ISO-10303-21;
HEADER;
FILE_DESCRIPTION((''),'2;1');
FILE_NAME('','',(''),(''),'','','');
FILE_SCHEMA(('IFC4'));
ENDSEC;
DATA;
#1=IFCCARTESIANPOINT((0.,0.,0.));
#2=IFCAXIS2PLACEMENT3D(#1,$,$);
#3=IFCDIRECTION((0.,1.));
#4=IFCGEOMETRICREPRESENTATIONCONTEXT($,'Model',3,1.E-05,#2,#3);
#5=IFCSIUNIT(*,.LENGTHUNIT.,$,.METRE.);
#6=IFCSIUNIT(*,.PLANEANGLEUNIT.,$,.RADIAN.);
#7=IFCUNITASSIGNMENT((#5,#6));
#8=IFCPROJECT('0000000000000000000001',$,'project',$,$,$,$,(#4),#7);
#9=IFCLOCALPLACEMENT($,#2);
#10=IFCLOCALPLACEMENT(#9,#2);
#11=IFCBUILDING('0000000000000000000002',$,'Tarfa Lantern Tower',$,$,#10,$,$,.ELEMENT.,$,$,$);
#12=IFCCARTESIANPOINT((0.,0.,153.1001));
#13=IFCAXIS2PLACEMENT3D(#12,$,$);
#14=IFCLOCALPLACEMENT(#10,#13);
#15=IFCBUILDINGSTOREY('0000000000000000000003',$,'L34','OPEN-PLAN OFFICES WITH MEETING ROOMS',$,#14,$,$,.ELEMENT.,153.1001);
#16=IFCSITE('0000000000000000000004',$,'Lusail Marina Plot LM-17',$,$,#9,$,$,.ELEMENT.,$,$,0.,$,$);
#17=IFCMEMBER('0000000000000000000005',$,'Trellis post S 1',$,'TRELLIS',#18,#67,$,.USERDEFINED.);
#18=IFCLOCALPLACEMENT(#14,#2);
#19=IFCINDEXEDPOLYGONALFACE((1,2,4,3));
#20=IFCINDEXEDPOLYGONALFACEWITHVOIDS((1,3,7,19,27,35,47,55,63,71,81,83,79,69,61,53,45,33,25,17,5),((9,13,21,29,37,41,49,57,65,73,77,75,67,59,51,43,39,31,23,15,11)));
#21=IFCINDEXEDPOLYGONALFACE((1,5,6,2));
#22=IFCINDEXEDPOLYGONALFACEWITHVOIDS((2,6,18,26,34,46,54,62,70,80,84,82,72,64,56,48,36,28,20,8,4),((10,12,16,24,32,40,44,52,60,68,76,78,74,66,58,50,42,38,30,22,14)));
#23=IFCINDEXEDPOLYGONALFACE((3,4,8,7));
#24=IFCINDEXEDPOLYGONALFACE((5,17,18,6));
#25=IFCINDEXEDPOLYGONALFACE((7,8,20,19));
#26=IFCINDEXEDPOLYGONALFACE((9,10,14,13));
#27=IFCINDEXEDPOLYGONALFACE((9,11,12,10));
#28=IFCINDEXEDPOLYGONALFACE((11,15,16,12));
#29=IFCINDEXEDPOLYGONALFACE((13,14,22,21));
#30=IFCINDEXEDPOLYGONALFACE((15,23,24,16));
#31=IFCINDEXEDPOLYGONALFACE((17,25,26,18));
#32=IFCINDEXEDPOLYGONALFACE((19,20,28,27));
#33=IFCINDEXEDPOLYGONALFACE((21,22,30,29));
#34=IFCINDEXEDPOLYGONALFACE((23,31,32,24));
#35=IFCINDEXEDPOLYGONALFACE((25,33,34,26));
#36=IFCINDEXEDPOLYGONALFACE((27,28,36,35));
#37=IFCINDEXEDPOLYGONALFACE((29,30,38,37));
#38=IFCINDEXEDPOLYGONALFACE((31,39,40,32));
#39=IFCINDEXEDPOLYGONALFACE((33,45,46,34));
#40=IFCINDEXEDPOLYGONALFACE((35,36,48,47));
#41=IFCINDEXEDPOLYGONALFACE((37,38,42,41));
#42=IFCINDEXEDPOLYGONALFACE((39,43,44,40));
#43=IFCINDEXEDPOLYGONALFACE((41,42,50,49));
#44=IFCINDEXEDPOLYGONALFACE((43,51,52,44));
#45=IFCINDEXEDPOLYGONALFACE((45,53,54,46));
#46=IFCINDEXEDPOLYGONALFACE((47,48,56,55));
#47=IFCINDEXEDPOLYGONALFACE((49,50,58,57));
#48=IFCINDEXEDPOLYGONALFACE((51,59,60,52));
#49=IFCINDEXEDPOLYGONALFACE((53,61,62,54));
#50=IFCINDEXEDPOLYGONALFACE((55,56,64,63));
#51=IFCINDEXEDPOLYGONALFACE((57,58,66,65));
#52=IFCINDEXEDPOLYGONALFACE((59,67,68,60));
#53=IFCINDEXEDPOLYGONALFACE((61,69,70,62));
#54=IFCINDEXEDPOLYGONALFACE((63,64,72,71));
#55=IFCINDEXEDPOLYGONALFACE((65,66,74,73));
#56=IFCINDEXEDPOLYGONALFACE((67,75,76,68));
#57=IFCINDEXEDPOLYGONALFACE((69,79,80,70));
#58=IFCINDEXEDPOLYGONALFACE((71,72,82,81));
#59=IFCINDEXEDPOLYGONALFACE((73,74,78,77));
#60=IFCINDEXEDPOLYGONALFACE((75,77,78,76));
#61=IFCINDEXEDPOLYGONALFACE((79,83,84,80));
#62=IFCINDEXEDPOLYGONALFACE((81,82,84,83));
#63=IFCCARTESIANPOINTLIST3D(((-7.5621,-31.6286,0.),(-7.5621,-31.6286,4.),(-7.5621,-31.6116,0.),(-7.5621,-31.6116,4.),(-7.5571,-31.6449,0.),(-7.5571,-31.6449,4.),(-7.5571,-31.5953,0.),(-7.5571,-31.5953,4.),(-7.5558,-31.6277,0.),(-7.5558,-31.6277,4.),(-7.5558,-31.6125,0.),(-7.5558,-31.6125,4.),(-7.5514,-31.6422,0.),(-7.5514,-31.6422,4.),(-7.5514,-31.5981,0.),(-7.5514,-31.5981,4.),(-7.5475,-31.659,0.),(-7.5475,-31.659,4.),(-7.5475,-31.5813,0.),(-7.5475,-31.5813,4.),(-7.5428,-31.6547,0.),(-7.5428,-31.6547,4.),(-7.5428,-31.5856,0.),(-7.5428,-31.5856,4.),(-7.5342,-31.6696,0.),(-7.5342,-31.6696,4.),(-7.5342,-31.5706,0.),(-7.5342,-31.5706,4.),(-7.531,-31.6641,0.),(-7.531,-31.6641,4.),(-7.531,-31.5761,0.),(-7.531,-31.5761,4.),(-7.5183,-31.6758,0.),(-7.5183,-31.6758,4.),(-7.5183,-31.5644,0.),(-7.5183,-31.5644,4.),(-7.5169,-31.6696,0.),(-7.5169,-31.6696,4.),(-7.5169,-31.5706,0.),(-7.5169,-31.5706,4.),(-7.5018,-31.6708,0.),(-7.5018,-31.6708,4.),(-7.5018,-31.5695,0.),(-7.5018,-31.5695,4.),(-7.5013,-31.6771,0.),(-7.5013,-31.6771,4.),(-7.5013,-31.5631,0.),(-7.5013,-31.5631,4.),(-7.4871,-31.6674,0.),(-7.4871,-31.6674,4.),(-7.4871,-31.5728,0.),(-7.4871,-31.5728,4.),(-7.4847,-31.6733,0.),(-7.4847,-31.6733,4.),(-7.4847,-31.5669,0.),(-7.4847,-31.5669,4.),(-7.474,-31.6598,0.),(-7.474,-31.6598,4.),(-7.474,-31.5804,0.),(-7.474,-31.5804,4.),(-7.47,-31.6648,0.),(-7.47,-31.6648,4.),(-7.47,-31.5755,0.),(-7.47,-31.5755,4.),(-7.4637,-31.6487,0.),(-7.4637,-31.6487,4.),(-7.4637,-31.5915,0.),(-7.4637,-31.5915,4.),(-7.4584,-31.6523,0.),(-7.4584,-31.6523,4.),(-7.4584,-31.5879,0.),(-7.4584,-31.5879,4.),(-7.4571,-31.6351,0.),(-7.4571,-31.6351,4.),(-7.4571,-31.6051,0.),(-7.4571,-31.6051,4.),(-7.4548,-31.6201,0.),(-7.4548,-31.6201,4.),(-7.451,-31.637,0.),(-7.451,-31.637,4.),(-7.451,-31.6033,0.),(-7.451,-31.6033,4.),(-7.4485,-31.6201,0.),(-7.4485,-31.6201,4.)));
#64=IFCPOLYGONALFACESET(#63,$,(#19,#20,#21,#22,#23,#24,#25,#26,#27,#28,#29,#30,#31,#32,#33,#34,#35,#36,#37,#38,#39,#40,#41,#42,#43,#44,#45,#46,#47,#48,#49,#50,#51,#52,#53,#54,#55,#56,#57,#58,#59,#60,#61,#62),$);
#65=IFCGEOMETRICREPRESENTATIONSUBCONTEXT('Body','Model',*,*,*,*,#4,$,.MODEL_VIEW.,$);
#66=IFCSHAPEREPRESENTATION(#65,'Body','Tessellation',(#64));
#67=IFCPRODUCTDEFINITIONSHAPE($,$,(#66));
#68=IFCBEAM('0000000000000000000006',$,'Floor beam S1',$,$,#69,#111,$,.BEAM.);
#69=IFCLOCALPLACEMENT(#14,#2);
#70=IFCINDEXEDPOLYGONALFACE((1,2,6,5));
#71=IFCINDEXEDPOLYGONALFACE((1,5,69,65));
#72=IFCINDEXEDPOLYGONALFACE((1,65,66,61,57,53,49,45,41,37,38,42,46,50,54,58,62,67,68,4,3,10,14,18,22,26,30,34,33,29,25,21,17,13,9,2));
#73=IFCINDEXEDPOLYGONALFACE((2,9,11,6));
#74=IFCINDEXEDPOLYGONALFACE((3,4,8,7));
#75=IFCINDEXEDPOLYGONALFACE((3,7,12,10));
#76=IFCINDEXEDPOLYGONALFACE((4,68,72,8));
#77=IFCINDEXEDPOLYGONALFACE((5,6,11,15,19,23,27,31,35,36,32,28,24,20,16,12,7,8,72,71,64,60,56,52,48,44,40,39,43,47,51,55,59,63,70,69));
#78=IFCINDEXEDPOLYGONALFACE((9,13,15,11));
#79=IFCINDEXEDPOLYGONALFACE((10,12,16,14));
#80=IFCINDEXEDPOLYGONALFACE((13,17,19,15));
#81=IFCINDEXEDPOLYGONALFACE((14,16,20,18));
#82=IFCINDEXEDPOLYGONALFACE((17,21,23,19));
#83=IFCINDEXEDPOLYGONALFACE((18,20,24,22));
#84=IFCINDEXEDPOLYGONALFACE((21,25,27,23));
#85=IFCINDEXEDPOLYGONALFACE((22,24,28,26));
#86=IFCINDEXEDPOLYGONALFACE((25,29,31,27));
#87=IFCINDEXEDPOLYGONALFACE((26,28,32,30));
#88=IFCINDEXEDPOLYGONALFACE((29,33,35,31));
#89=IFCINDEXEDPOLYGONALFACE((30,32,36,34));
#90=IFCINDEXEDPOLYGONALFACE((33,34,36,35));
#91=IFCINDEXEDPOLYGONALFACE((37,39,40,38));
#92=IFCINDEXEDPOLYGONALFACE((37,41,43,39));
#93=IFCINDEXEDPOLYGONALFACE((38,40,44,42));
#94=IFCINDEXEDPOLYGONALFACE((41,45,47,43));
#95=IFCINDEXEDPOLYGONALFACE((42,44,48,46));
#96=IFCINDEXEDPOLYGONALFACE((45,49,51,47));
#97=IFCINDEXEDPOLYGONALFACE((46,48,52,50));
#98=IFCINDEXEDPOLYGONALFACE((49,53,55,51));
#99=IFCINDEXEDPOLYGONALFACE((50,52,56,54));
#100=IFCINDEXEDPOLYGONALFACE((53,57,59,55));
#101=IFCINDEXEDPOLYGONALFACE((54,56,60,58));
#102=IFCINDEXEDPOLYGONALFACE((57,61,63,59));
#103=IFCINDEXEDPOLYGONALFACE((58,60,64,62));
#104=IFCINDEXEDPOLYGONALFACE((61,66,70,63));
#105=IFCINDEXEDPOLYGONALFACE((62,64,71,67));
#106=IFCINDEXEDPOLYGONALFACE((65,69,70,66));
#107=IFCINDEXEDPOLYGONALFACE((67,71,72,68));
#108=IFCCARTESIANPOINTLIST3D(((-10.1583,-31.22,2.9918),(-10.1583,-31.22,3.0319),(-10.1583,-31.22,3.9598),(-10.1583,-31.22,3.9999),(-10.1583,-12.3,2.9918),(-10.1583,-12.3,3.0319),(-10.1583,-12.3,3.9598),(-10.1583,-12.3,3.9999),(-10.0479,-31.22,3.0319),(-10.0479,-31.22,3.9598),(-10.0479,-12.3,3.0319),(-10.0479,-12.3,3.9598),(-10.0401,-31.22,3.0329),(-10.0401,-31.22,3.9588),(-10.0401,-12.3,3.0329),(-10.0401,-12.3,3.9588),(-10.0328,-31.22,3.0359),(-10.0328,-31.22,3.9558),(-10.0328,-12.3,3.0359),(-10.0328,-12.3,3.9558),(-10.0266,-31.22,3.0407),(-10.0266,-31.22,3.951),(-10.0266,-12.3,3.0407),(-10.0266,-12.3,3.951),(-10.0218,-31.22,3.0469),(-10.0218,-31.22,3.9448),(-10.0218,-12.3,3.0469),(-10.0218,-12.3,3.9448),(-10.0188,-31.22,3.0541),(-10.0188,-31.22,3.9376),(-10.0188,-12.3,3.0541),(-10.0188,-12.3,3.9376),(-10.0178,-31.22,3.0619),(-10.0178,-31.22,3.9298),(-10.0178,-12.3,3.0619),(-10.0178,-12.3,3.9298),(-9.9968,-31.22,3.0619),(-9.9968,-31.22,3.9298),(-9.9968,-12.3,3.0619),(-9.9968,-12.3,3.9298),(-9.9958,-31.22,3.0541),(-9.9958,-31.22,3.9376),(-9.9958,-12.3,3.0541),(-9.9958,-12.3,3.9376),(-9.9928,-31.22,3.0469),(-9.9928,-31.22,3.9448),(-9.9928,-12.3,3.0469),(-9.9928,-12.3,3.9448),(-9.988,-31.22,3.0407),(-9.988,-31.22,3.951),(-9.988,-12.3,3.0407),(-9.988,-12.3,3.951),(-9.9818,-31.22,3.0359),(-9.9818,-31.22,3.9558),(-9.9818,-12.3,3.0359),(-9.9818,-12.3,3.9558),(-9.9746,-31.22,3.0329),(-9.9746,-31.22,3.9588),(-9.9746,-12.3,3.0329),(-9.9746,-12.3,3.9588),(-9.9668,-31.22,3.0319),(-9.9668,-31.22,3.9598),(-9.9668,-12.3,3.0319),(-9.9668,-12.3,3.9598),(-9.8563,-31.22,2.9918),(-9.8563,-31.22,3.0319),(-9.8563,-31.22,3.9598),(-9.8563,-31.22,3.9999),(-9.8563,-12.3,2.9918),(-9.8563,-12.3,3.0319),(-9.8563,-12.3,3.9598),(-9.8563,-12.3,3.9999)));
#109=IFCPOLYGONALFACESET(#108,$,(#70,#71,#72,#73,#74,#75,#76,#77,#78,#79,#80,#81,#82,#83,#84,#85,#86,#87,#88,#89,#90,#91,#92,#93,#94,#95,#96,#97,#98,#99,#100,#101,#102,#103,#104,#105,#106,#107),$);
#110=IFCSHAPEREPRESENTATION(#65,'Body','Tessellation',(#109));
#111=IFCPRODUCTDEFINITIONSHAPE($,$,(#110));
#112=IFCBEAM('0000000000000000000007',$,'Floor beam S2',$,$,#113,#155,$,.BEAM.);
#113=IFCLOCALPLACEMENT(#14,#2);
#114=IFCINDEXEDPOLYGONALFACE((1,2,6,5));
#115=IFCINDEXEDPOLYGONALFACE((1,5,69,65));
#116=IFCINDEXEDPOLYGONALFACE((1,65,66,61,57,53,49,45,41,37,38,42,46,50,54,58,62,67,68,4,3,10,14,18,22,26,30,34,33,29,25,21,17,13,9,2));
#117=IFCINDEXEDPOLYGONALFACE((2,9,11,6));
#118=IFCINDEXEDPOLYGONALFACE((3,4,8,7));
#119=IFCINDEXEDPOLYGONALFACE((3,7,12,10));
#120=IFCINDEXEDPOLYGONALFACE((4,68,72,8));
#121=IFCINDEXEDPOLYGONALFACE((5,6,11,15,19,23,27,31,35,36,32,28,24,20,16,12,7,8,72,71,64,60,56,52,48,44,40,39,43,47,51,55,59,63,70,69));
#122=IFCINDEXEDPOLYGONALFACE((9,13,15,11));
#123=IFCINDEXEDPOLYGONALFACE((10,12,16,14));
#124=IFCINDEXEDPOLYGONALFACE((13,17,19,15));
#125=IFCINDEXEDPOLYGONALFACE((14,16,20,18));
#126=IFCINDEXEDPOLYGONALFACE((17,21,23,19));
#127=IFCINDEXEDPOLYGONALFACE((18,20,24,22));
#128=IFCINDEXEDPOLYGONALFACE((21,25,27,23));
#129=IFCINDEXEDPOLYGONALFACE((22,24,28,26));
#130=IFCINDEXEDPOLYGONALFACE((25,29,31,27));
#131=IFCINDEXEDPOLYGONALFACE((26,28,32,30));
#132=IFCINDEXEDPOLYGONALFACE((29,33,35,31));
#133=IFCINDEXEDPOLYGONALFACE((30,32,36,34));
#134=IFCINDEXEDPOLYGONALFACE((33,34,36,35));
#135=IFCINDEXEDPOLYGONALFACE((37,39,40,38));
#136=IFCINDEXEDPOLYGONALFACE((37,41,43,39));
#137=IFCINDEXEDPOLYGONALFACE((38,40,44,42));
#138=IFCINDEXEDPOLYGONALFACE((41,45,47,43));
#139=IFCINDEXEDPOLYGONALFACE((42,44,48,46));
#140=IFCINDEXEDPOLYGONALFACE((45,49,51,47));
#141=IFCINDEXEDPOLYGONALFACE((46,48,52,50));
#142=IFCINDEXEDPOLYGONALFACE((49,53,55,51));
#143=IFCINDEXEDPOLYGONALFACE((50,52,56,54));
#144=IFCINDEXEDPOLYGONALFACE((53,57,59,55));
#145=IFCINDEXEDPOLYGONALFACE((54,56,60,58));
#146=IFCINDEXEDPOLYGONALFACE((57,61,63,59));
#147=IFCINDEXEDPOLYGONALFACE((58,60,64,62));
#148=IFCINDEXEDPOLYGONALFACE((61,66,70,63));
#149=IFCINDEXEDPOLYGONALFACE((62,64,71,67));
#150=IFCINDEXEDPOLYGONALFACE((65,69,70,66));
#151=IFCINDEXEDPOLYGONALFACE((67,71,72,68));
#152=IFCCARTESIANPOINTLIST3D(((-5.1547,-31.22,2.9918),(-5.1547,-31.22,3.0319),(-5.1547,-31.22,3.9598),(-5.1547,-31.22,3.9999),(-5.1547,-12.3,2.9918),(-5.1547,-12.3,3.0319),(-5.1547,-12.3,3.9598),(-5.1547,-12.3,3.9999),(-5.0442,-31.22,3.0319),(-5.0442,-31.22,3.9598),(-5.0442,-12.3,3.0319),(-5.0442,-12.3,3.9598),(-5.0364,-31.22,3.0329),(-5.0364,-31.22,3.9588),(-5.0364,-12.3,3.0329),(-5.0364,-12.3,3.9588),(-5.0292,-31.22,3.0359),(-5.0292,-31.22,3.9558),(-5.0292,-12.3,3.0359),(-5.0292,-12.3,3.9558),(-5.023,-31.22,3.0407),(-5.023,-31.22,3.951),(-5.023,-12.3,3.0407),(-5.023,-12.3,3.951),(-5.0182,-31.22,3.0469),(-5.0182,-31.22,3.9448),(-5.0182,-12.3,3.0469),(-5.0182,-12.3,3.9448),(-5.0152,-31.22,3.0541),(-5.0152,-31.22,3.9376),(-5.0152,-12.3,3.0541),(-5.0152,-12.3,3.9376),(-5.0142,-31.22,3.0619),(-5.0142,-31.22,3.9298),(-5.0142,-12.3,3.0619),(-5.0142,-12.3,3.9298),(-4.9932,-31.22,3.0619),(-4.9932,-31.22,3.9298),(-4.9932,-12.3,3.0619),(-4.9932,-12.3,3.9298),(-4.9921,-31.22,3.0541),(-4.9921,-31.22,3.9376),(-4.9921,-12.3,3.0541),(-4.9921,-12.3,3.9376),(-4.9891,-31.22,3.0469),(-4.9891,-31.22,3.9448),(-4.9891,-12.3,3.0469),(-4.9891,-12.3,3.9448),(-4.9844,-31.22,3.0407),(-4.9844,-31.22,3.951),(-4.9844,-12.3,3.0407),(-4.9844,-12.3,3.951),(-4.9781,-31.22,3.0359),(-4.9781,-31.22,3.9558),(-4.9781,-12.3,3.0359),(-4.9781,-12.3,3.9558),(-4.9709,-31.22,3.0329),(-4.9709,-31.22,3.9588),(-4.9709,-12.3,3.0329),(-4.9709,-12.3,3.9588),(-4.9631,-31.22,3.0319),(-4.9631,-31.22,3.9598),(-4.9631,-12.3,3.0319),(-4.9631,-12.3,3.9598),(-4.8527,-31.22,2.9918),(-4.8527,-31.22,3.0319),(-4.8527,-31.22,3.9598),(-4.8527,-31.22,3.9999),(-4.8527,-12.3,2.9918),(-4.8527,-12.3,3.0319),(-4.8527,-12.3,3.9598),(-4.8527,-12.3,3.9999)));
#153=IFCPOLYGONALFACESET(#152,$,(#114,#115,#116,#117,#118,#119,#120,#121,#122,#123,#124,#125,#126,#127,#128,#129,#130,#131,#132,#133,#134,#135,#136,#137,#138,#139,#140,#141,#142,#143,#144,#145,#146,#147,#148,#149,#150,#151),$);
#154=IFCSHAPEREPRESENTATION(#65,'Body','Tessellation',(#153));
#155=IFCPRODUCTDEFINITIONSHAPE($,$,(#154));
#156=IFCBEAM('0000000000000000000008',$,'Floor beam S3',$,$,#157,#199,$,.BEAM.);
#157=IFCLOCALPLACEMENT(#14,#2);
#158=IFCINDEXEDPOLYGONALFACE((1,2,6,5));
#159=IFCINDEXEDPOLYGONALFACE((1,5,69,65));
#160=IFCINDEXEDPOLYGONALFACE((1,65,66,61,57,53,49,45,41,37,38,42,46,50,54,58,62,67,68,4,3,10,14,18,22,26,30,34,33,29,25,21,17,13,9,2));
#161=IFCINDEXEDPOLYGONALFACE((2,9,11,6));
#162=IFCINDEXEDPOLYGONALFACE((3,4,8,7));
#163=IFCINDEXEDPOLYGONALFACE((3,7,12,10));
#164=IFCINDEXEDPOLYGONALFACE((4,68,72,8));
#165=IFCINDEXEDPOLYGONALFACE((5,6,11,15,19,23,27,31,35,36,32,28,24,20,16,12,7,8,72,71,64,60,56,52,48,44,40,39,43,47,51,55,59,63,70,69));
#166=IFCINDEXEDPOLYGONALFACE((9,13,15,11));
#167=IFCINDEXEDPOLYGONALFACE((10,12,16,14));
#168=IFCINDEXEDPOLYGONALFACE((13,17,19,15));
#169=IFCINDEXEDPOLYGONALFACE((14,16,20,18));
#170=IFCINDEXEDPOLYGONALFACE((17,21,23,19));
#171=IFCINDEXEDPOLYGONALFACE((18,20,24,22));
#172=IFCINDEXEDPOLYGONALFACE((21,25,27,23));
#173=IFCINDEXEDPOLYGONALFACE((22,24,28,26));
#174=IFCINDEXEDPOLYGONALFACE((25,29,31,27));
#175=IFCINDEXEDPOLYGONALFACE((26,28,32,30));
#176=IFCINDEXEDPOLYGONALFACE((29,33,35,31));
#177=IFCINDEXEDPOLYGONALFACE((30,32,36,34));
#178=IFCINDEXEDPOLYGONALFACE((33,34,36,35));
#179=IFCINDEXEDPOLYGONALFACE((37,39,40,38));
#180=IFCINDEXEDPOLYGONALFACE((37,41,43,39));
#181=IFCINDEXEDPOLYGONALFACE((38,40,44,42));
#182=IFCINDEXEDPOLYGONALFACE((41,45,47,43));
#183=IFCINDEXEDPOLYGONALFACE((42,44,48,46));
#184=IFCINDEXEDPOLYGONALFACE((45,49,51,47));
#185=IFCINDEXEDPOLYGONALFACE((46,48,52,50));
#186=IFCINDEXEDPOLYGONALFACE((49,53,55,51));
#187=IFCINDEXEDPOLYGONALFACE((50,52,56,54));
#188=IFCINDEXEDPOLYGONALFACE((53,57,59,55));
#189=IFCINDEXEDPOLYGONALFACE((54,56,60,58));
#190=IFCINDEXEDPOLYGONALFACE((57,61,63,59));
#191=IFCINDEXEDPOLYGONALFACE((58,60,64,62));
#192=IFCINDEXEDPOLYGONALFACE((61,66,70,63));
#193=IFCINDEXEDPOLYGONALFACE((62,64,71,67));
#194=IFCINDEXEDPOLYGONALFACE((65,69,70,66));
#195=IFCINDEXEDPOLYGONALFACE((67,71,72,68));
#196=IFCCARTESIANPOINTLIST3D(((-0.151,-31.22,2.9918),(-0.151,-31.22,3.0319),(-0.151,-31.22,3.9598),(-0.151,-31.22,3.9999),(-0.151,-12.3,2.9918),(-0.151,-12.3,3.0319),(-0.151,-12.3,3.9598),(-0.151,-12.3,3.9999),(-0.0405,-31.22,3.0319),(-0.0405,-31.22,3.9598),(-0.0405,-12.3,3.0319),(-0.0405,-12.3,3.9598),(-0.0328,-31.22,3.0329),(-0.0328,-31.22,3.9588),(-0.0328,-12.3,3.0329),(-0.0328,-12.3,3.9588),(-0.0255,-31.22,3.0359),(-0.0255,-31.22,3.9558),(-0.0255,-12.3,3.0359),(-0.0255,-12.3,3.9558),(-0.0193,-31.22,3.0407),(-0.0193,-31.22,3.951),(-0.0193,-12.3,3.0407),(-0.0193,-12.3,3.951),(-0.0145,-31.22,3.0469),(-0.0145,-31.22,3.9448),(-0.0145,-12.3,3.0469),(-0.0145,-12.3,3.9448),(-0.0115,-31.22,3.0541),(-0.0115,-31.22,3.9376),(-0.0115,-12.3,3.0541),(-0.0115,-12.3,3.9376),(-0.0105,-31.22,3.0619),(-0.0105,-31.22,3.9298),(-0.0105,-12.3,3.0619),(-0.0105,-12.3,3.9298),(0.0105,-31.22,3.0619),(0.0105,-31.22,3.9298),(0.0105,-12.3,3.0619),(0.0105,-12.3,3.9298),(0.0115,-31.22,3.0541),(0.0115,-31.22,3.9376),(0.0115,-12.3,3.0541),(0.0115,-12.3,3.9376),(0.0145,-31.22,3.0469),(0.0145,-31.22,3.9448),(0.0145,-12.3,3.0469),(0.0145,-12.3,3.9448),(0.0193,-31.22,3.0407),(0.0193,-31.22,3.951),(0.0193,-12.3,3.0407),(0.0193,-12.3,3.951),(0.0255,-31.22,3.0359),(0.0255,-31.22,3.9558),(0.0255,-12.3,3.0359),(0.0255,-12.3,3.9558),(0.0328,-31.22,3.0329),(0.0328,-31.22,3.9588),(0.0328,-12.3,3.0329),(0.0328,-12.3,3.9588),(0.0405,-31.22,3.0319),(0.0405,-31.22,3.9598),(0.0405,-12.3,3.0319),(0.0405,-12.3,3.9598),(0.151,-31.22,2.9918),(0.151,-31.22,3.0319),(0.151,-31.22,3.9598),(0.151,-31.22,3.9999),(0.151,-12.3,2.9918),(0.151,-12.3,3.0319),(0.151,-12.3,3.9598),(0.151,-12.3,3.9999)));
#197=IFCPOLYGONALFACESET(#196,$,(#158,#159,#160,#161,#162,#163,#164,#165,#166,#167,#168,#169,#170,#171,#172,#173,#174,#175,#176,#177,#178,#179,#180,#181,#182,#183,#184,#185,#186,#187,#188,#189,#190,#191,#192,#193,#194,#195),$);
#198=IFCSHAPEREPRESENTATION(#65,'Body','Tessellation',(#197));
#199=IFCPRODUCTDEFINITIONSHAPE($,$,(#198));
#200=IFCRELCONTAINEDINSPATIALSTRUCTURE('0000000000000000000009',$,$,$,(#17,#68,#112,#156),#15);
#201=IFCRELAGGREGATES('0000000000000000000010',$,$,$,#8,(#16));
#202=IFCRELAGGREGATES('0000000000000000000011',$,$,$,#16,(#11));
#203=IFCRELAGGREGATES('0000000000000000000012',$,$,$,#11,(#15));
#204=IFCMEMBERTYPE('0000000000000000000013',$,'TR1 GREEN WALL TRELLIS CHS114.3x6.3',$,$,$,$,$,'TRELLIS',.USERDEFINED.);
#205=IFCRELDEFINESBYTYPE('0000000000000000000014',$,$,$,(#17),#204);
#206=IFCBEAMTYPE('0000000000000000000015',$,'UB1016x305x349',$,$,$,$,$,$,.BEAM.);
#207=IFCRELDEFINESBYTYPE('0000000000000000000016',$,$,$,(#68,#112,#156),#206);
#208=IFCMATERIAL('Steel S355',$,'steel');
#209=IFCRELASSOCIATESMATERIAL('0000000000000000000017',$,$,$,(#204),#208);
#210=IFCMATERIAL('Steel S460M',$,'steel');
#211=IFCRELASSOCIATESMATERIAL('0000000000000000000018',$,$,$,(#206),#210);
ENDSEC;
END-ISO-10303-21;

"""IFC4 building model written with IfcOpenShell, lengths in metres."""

from ifc_helpers import new_model, si_unit, direction, frame, origin, origin_2d, place, context, subcontext, project, spatial, hollow_circle, i_section, extrude, material, material_profile, profile_set, type_object, element, save


model = new_model("IFC4")

# Units and contexts
model_context = context("Model", 3, precision=1e-05, world=origin(), true_north=direction((0.0, 1.0)))
body_context = subcontext(model_context, "Body", "Model", "MODEL_VIEW")
ifc_project = project(units=[si_unit("LENGTHUNIT", "METRE"), si_unit("PLANEANGLEUNIT", "RADIAN")], contexts=[model_context])

# Site, building, storey
site_placement = place(None, origin())
site = spatial("IfcSite", under=ifc_project, at=site_placement, Name="Lusail Marina Plot LM-17", CompositionType="ELEMENT", RefElevation=0.0)
building_placement = place(site_placement, origin())
building = spatial("IfcBuilding", under=site, at=building_placement, Name="Tarfa Lantern Tower", CompositionType="ELEMENT")
storey_placement = place(building_placement, frame((0.0, 0.0, 153.1001)))
storey = spatial("IfcBuildingStorey", under=building, at=storey_placement, Name="L34", Description="OPEN-PLAN OFFICES WITH MEETING ROOMS", CompositionType="ELEMENT", Elevation=153.1001)

# Member
ifc_material_1 = material(Name="Steel S355", Category="steel")
ifc_material_profile_1 = material_profile(ifc_material_1, hollow_circle(Radius=0.0571, WallThickness=0.0063, at=origin_2d()), Name="CHS114.3x6.3")
ifc_profile_set_1 = profile_set([ifc_material_profile_1], Name="Steel S355")
member_type_1 = type_object("IfcMemberType", Name="TR1 GREEN WALL TRELLIS CHS114.3x6.3", ElementType="TRELLIS", PredefinedType="USERDEFINED", material=ifc_profile_set_1)
member_1_placement = place(storey_placement, frame((-7.5056, -31.6201, 0.0), z_axis=(0.0, 0.0, 1.0), x_axis=(1.0, 0.0, 0.0)))
element("IfcMember", 1, at=member_1_placement, inside=storey, type_object=member_type_1, Name="Trellis post S 1", ObjectType="TRELLIS", PredefinedType="USERDEFINED", context=body_context, shape_type="SweptSolid", body=[
    extrude(hollow_circle(Radius=0.0571, WallThickness=0.0063, at=origin_2d()), origin(), (0.0, 0.0, 1.0), 4.0),
])

# Beams
ifc_material_2 = material(Name="Steel S460M", Category="steel")
ifc_material_profile_2 = material_profile(ifc_material_2, i_section(OverallWidth=0.302, OverallDepth=1.0081, WebThickness=0.021, FlangeThickness=0.04, FilletRadius=0.03, at=origin_2d()), Name="UB1016x305x349")
ifc_profile_set_2 = profile_set([ifc_material_profile_2], Name="Steel S460M")
beam_type_1 = type_object("IfcBeamType", Name="UB1016x305x349", PredefinedType="BEAM", material=ifc_profile_set_2)
for number, where, z_axis, x_axis, name in (
    (2, (-10.0073, -31.22, 3.4958), (0.0, 1.0, 0.0), (-1.0, 0.0, 0.0), "Floor beam S1"),
    (3, (-5.0037, -31.22, 3.4958), (0.0, 1.0, 0.0), (-1.0, 0.0, 0.0), "Floor beam S2"),
    (4, (0.0, -31.22, 3.4958), (0.0, 1.0, 0.0), (-1.0, 0.0, 0.0), "Floor beam S3"),
):
    element("IfcBeam", number, at=place(storey_placement, frame(where, z_axis=z_axis, x_axis=x_axis)), inside=storey, type_object=beam_type_1, Name=name, PredefinedType="BEAM", context=body_context, shape_type="SweptSolid", body=[
        extrude(i_section(OverallWidth=0.302, OverallDepth=1.0081, WebThickness=0.021, FlangeThickness=0.04, FilletRadius=0.03, at=origin_2d()), origin(), (0.0, 0.0, 1.0), 18.9199),
    ])

save(model, "model.ifc")
